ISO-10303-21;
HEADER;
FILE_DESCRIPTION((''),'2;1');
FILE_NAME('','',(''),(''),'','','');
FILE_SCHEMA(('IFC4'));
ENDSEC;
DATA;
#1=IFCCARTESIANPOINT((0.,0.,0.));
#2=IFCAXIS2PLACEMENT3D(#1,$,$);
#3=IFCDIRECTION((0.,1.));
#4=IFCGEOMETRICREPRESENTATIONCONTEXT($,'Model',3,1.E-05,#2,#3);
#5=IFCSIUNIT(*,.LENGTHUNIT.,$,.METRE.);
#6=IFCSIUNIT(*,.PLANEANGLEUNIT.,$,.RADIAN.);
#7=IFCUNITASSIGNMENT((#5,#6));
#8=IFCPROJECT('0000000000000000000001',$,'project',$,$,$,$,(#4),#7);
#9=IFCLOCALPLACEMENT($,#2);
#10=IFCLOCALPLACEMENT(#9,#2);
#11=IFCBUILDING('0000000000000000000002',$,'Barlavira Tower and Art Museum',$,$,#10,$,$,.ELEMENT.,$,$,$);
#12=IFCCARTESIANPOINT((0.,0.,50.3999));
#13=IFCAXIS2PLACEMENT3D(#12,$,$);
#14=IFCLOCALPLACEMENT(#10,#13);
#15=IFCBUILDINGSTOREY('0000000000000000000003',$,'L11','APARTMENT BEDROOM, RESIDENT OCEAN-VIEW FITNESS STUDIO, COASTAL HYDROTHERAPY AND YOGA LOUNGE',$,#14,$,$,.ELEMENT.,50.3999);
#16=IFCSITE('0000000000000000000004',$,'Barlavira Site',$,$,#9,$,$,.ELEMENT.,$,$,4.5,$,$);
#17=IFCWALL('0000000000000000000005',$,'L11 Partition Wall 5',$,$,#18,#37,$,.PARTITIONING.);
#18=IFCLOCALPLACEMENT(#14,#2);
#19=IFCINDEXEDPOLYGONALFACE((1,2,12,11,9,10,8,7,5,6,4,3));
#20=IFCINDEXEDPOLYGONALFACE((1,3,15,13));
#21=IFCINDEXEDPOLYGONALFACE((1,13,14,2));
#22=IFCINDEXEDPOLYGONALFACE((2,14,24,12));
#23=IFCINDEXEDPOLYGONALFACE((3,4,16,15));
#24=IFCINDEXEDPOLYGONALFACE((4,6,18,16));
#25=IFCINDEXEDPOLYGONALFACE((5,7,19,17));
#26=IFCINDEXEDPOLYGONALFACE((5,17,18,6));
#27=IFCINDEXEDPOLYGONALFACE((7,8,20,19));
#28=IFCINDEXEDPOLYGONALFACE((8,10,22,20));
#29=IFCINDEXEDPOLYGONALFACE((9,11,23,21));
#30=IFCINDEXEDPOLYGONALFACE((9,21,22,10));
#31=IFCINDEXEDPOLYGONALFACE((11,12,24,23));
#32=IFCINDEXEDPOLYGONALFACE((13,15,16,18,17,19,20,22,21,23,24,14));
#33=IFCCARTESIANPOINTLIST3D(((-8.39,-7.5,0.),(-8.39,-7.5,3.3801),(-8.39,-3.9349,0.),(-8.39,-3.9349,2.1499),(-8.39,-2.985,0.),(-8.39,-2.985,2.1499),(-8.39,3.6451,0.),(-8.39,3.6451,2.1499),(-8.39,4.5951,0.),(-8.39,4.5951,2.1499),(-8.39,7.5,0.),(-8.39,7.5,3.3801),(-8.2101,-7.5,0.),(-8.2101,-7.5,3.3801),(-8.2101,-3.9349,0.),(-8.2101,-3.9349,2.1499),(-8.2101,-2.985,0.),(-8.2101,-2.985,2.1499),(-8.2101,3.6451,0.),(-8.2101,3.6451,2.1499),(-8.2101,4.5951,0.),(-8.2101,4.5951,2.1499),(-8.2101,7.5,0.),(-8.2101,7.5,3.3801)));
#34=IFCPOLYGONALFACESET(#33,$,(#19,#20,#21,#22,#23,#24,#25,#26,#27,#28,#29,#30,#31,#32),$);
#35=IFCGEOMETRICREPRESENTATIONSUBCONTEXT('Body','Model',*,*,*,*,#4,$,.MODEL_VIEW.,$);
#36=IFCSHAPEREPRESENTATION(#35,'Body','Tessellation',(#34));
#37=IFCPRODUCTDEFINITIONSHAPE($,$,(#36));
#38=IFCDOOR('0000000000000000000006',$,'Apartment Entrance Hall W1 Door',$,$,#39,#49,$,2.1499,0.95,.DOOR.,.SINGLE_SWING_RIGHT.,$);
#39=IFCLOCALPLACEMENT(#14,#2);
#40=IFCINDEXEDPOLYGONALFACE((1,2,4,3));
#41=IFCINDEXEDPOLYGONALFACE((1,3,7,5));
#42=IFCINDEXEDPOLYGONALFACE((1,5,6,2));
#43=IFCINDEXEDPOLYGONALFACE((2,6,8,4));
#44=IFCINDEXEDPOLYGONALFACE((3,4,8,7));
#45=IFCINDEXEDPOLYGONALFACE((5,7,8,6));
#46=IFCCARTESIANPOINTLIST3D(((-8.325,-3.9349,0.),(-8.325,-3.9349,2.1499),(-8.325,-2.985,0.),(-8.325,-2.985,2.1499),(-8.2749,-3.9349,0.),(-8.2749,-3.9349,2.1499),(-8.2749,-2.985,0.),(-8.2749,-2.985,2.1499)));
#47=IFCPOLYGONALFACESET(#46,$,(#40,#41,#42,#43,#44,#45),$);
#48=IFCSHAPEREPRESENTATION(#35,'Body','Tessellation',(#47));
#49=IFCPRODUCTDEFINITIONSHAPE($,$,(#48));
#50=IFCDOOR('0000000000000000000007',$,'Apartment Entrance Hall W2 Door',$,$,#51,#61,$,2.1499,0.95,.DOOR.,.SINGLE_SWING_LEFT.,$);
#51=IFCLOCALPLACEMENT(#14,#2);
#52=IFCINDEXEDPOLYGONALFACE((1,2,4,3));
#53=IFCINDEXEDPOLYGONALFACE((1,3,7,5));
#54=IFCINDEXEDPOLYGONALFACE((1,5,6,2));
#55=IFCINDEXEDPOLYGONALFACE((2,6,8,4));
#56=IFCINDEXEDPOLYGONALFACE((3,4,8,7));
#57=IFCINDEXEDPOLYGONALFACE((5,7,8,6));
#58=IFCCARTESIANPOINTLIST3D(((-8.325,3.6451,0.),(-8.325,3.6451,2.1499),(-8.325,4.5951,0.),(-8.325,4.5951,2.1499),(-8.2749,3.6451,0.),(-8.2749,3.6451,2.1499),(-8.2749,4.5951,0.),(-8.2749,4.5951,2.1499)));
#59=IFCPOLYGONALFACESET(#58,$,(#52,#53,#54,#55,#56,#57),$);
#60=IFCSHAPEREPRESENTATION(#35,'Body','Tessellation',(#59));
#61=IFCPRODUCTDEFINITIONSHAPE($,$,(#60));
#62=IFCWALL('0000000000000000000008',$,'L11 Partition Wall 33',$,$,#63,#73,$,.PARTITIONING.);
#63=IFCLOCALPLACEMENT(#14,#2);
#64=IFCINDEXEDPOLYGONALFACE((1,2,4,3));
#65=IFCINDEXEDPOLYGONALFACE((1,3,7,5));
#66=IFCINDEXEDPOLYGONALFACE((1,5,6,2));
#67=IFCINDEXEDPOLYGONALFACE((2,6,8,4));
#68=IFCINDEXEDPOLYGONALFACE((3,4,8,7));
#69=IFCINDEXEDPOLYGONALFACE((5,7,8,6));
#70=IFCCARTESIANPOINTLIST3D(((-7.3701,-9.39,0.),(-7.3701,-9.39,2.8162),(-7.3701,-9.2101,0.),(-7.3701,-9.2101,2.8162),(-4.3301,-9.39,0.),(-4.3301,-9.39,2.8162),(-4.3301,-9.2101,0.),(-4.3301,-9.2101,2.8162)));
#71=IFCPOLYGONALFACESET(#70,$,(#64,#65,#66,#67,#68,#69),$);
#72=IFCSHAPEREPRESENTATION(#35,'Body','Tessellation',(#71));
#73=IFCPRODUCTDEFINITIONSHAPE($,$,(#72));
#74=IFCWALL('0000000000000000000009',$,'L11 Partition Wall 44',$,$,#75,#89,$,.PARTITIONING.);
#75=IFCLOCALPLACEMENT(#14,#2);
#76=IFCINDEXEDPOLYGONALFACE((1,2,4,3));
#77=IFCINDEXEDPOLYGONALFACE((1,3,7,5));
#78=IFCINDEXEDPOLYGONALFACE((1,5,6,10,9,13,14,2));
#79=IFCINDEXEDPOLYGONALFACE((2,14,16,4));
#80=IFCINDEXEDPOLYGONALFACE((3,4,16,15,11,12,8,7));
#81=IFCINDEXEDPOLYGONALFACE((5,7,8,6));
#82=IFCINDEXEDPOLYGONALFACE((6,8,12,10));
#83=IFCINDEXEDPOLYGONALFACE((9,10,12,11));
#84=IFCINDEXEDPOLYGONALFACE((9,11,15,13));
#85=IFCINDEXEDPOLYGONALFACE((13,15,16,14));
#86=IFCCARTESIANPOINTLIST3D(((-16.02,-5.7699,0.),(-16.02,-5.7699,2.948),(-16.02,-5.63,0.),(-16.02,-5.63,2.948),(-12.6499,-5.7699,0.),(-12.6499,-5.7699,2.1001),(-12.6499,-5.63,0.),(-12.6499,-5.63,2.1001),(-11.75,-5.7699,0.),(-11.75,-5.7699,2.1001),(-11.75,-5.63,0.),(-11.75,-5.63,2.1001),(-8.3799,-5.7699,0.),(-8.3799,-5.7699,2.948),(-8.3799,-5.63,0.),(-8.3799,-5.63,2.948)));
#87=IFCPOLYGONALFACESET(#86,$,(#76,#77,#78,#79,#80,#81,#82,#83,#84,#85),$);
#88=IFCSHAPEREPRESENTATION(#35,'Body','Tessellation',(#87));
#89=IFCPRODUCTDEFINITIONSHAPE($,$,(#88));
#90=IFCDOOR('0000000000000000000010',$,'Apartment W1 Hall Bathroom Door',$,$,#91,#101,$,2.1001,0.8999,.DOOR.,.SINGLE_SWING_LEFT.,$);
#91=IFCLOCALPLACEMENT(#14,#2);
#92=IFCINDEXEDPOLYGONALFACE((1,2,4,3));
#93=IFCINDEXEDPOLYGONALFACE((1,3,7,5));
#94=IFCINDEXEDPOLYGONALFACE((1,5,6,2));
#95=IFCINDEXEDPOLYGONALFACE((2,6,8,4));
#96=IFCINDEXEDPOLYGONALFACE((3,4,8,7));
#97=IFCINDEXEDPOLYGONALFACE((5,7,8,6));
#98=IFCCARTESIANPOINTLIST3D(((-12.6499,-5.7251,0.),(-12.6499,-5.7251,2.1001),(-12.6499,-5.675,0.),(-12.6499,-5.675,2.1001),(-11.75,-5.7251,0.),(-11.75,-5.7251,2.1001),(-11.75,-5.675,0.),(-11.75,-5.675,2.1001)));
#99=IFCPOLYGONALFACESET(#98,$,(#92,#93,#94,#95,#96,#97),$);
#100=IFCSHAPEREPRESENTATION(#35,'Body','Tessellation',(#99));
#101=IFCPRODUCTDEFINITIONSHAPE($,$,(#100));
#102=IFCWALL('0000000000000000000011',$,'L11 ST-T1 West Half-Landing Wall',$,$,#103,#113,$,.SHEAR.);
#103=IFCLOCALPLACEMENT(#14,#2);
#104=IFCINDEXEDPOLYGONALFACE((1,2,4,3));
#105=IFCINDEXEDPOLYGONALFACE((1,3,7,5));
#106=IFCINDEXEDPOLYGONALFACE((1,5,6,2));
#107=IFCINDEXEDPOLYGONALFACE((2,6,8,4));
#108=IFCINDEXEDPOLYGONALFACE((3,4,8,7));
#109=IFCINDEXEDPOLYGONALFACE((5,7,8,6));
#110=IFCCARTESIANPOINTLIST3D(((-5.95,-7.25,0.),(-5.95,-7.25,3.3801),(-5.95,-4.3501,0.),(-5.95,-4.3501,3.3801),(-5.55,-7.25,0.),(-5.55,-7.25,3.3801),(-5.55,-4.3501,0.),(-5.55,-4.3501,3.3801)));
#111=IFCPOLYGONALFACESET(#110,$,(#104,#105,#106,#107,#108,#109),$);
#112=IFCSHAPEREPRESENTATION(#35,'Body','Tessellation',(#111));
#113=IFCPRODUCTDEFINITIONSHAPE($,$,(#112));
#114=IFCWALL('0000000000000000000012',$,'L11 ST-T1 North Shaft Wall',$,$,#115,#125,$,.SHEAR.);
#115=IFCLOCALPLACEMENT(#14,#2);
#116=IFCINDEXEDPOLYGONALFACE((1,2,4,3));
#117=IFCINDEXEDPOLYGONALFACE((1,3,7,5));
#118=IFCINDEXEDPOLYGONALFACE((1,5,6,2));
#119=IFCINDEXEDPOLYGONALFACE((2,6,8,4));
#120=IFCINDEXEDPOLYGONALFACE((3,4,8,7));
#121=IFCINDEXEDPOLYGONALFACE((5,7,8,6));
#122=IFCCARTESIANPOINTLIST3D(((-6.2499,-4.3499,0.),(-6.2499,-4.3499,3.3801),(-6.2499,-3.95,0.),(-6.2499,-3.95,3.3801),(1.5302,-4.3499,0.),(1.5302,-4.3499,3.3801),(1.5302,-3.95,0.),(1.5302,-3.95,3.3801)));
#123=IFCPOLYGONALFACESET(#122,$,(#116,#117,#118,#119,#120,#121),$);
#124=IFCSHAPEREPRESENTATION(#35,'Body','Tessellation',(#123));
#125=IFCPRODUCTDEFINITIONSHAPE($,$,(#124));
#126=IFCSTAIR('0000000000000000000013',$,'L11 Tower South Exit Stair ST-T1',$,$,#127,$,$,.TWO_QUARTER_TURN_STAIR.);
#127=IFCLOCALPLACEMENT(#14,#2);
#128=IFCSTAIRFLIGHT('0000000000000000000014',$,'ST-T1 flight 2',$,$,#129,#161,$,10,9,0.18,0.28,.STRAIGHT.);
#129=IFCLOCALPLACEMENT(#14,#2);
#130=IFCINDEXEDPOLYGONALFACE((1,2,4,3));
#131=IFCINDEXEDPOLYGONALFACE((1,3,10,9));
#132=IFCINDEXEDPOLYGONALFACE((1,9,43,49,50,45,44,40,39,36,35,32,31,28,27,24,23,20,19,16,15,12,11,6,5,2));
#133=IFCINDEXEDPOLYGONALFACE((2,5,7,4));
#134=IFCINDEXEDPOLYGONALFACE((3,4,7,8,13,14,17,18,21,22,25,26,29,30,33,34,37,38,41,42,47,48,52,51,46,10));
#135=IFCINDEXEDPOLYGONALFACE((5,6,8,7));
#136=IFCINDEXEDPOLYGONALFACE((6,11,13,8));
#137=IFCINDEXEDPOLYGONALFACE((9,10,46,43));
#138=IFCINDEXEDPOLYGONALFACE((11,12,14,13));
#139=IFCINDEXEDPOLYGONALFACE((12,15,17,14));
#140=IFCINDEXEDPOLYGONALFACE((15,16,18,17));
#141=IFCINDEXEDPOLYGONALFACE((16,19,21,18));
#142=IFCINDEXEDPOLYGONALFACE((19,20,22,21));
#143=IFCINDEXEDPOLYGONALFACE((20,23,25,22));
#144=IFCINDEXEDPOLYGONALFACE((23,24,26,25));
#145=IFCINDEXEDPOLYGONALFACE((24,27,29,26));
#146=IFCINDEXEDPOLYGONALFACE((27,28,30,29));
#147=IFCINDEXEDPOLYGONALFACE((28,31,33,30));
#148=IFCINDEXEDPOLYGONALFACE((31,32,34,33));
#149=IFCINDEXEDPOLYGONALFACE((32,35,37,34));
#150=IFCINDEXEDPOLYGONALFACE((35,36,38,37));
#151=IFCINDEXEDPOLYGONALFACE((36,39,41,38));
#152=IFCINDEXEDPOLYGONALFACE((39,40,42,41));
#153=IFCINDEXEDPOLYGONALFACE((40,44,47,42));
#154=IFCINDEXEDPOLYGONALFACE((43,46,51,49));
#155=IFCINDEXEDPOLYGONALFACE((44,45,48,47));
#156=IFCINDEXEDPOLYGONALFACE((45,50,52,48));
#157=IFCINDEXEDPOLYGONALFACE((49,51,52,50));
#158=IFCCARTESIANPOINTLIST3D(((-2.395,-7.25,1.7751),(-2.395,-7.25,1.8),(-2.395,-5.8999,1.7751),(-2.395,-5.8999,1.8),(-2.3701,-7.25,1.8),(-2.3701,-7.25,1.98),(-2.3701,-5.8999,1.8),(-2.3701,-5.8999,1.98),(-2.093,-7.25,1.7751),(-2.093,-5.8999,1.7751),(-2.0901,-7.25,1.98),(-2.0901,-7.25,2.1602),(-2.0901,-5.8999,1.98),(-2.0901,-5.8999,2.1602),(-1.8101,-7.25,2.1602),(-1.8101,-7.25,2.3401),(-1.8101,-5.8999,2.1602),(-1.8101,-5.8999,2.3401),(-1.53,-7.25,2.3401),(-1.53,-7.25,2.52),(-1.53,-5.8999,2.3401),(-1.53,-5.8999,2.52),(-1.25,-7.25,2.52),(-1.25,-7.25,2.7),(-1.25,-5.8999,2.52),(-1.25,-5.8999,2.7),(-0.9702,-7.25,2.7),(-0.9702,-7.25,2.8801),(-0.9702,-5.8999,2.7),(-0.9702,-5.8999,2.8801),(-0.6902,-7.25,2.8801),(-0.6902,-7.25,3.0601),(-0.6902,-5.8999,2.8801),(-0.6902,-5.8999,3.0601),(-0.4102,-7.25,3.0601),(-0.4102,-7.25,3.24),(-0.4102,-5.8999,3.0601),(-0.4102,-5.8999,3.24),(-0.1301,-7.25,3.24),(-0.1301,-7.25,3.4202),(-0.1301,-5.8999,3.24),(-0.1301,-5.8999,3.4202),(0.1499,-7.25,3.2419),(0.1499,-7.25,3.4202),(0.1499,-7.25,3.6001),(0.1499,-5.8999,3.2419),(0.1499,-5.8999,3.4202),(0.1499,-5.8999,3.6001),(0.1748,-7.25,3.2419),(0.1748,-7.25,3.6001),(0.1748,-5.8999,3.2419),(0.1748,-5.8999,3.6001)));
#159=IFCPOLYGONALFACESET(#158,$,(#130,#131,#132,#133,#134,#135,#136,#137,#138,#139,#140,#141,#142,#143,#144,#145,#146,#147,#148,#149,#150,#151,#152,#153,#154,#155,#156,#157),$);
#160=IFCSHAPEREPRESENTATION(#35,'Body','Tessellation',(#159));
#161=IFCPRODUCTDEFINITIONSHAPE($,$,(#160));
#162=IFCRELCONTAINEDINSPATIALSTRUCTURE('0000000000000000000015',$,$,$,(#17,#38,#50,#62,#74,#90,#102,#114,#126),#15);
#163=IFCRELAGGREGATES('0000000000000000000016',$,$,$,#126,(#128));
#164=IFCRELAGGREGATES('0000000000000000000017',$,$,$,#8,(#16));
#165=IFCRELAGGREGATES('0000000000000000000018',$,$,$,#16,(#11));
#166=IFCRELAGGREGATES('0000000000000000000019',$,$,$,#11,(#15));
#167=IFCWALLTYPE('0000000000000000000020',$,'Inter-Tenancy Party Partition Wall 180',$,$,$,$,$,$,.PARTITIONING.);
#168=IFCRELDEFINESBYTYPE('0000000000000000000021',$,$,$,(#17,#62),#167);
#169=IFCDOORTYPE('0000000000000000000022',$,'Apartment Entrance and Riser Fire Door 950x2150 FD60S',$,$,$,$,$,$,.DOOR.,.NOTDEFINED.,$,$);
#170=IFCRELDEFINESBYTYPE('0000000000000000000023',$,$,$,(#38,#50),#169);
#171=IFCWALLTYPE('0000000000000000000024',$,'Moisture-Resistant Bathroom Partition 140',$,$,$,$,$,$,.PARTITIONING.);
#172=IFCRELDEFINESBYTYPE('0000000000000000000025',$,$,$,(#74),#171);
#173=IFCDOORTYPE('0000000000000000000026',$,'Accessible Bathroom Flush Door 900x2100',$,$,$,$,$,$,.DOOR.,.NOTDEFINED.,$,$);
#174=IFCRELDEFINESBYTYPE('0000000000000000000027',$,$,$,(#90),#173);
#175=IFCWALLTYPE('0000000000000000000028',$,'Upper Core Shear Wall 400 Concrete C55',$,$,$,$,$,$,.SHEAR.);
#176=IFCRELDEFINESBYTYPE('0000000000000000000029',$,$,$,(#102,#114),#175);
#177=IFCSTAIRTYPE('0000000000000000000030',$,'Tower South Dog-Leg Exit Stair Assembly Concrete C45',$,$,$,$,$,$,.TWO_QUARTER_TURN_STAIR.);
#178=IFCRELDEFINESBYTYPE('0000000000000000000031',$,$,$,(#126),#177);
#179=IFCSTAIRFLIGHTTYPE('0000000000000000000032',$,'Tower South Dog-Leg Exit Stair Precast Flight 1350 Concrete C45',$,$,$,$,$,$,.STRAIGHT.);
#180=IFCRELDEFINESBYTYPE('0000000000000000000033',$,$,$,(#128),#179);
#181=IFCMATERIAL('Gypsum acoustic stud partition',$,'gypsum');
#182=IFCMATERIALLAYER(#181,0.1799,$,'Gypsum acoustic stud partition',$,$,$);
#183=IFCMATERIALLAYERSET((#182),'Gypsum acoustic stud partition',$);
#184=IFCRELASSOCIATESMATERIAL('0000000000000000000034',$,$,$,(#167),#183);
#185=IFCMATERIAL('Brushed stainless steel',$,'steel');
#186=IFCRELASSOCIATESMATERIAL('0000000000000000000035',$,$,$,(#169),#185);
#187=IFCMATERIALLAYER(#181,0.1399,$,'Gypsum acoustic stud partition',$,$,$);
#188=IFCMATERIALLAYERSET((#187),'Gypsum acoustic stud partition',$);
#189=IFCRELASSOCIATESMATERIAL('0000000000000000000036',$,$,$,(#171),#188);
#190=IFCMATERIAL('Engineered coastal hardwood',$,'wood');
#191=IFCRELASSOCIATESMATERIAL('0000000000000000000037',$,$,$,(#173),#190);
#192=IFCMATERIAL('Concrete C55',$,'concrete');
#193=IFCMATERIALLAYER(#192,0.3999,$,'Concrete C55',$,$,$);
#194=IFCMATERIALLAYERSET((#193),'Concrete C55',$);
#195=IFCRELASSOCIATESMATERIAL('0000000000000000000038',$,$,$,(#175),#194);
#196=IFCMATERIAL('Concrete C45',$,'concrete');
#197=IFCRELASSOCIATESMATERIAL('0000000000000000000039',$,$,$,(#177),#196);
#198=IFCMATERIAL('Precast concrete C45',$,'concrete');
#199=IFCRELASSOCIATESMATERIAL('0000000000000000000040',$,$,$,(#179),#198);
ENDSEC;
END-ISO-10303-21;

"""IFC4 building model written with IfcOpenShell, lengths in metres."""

from ifc_helpers import new_model, si_unit, direction, frame, frame_2d, origin, place, context, subcontext, project, spatial, polyline, rectangle, outline, extrude, material, layer, layer_set, type_object, element, fill, aggregate, save


model = new_model("IFC4")

# Units and contexts
model_context = context("Model", 3, precision=1e-05, world=origin(), true_north=direction((0.0, 1.0)))
body_context = subcontext(model_context, "Body", "Model", "MODEL_VIEW")
ifc_project = project(units=[si_unit("LENGTHUNIT", "METRE"), si_unit("PLANEANGLEUNIT", "RADIAN")], contexts=[model_context])

# Site, building, storey
site_placement = place(None, origin())
site = spatial("IfcSite", under=ifc_project, at=site_placement, Name="Barlavira Site", CompositionType="ELEMENT", RefElevation=4.5)
building_placement = place(site_placement, origin())
building = spatial("IfcBuilding", under=site, at=building_placement, Name="Barlavira Tower and Art Museum", CompositionType="ELEMENT")
storey_placement = place(building_placement, frame((0.0, 0.0, 50.3999)))
storey = spatial("IfcBuildingStorey", under=building, at=storey_placement, Name="L11", Description="APARTMENT BEDROOM, RESIDENT OCEAN-VIEW FITNESS STUDIO, COASTAL HYDROTHERAPY AND YOGA LOUNGE", CompositionType="ELEMENT", Elevation=50.3999)

# Shared definitions
ifc_material_1 = material(Name="Brushed stainless steel", Category="steel")

# Wall, openings, doors
ifc_material_2 = material(Name="Gypsum acoustic stud partition", Category="gypsum")
ifc_layer_1 = layer(ifc_material_2, 0.1799, Name="Gypsum acoustic stud partition")
ifc_layer_set_1 = layer_set([ifc_layer_1], Name="Gypsum acoustic stud partition")
wall_type_1 = type_object("IfcWallType", Name="Inter-Tenancy Party Partition Wall 180", PredefinedType="PARTITIONING", material=ifc_layer_set_1)
wall_1_placement = place(storey_placement, frame((-8.3, -7.5, 0.0), z_axis=(0.0, 0.0, 1.0), x_axis=(0.0, 1.0, 0.0)))
wall_1 = element("IfcWall", 1, at=wall_1_placement, inside=storey, type_object=wall_type_1, Name="L11 Partition Wall 5", PredefinedType="PARTITIONING", context=body_context, shape_type="SweptSolid", body=[
    extrude(rectangle(XDim=15.0, YDim=0.1799, at=frame_2d((7.5, 0.0))), origin(), (0.0, 0.0, 1.0), 3.3801),
])
opening_1_placement = place(wall_1_placement, frame((3.5649, 0.0, 0.0)))
opening_1 = element("IfcOpeningElement", 2, at=opening_1_placement, cuts=wall_1, PredefinedType="OPENING", context=body_context, shape_type="SweptSolid", body=[
    extrude(rectangle(XDim=0.95, YDim=2.1499, at=frame_2d((0.4751, 1.075))), frame((0.0, 0.1001, 0.0), z_axis=(0.0, -1.0, 0.0), x_axis=(1.0, 0.0, 0.0)), (0.0, 0.0, 1.0), 0.2),
])
opening_2_placement = place(wall_1_placement, frame((11.145, 0.0, 0.0)))
opening_2 = element("IfcOpeningElement", 3, at=opening_2_placement, cuts=wall_1, PredefinedType="OPENING", context=body_context, shape_type="SweptSolid", body=[
    extrude(rectangle(XDim=0.95, YDim=2.1499, at=frame_2d((0.4751, 1.075))), frame((0.0, 0.1001, 0.0), z_axis=(0.0, -1.0, 0.0), x_axis=(1.0, 0.0, 0.0)), (0.0, 0.0, 1.0), 0.2),
])
door_type_1 = type_object("IfcDoorType", Name="Apartment Entrance and Riser Fire Door 950x2150 FD60S", OperationType="NOTDEFINED", PredefinedType="DOOR", material=ifc_material_1)
door_1_placement = place(opening_1_placement, origin())
door_1 = element("IfcDoor", 4, at=door_1_placement, inside=storey, type_object=door_type_1, Name="Apartment Entrance Hall W1 Door", OperationType="SINGLE_SWING_RIGHT", OverallHeight=2.1499, OverallWidth=0.95, PredefinedType="DOOR", context=body_context, shape_type="SweptSolid", body=[
    extrude(rectangle(XDim=0.95, YDim=2.1499, at=frame_2d((0.4751, 1.075))), frame((0.0, 0.0249, 0.0), z_axis=(0.0, -1.0, 0.0), x_axis=(1.0, 0.0, 0.0)), (0.0, 0.0, 1.0), 0.05),
])
fill(opening_1, door_1)
door_2_placement = place(opening_2_placement, origin())
door_2 = element("IfcDoor", 5, at=door_2_placement, inside=storey, type_object=door_type_1, Name="Apartment Entrance Hall W2 Door", OperationType="SINGLE_SWING_LEFT", OverallHeight=2.1499, OverallWidth=0.95, PredefinedType="DOOR", context=body_context, shape_type="SweptSolid", body=[
    extrude(rectangle(XDim=0.95, YDim=2.1499, at=frame_2d((0.4751, 1.075))), frame((0.0, 0.0249, 0.0), z_axis=(0.0, -1.0, 0.0), x_axis=(1.0, 0.0, 0.0)), (0.0, 0.0, 1.0), 0.05),
])
fill(opening_2, door_2)

# Wall
wall_2_placement = place(storey_placement, frame((-7.3701, -9.3, 0.0), z_axis=(0.0, 0.0, 1.0), x_axis=(1.0, 0.0, 0.0)))
element("IfcWall", 6, at=wall_2_placement, inside=storey, type_object=wall_type_1, Name="L11 Partition Wall 33", PredefinedType="PARTITIONING", context=body_context, shape_type="SweptSolid", body=[
    extrude(rectangle(XDim=3.04, YDim=0.1799, at=frame_2d((1.52, 0.0))), origin(), (0.0, 0.0, 1.0), 2.8162),
])

# Wall, opening, door
ifc_layer_2 = layer(ifc_material_2, 0.1399, Name="Gypsum acoustic stud partition")
ifc_layer_set_2 = layer_set([ifc_layer_2], Name="Gypsum acoustic stud partition")
wall_type_2 = type_object("IfcWallType", Name="Moisture-Resistant Bathroom Partition 140", PredefinedType="PARTITIONING", material=ifc_layer_set_2)
wall_3_placement = place(storey_placement, frame((-16.02, -5.7, 0.0), z_axis=(0.0, 0.0, 1.0), x_axis=(1.0, 0.0, 0.0)))
wall_3 = element("IfcWall", 7, at=wall_3_placement, inside=storey, type_object=wall_type_2, Name="L11 Partition Wall 44", PredefinedType="PARTITIONING", context=body_context, shape_type="SweptSolid", body=[
    extrude(rectangle(XDim=7.6401, YDim=0.1399, at=frame_2d((3.8201, 0.0))), origin(), (0.0, 0.0, 1.0), 2.948),
])
opening_3_placement = place(wall_3_placement, frame((3.3701, 0.0, 0.0)))
opening_3 = element("IfcOpeningElement", 8, at=opening_3_placement, cuts=wall_3, PredefinedType="OPENING", context=body_context, shape_type="SweptSolid", body=[
    extrude(rectangle(XDim=0.8999, YDim=2.1001, at=frame_2d((0.45, 1.05))), frame((0.0, 0.0801, 0.0), z_axis=(0.0, -1.0, 0.0), x_axis=(1.0, 0.0, 0.0)), (0.0, 0.0, 1.0), 0.1599),
])
ifc_material_3 = material(Name="Engineered coastal hardwood", Category="wood")
door_type_2 = type_object("IfcDoorType", Name="Accessible Bathroom Flush Door 900x2100", OperationType="NOTDEFINED", PredefinedType="DOOR", material=ifc_material_3)
door_3_placement = place(opening_3_placement, origin())
door_3 = element("IfcDoor", 9, at=door_3_placement, inside=storey, type_object=door_type_2, Name="Apartment W1 Hall Bathroom Door", OperationType="SINGLE_SWING_LEFT", OverallHeight=2.1001, OverallWidth=0.8999, PredefinedType="DOOR", context=body_context, shape_type="SweptSolid", body=[
    extrude(rectangle(XDim=0.8999, YDim=2.1001, at=frame_2d((0.45, 1.05))), frame((0.0, 0.0249, 0.0), z_axis=(0.0, -1.0, 0.0), x_axis=(1.0, 0.0, 0.0)), (0.0, 0.0, 1.0), 0.05),
])
fill(opening_3, door_3)

# Walls
ifc_material_4 = material(Name="Concrete C55", Category="concrete")
ifc_layer_3 = layer(ifc_material_4, 0.3999, Name="Concrete C55")
ifc_layer_set_3 = layer_set([ifc_layer_3], Name="Concrete C55")
wall_type_3 = type_object("IfcWallType", Name="Upper Core Shear Wall 400 Concrete C55", PredefinedType="SHEAR", material=ifc_layer_set_3)
wall_4_placement = place(storey_placement, frame((-5.75, -7.25, 0.0), z_axis=(0.0, 0.0, 1.0), x_axis=(0.0, 1.0, 0.0)))
element("IfcWall", 10, at=wall_4_placement, inside=storey, type_object=wall_type_3, Name="L11 ST-T1 West Half-Landing Wall", PredefinedType="SHEAR", context=body_context, shape_type="SweptSolid", body=[
    extrude(rectangle(XDim=2.8999, YDim=0.3999, at=frame_2d((1.45, 0.0))), origin(), (0.0, 0.0, 1.0), 3.3801),
])
wall_5_placement = place(storey_placement, frame((-6.25, -4.1499, 0.0), z_axis=(0.0, 0.0, 1.0), x_axis=(1.0, 0.0, 0.0)))
element("IfcWall", 11, at=wall_5_placement, inside=storey, type_object=wall_type_3, Name="L11 ST-T1 North Shaft Wall", PredefinedType="SHEAR", context=body_context, shape_type="SweptSolid", body=[
    extrude(rectangle(XDim=7.78, YDim=0.3999, at=frame_2d((3.8901, 0.0))), origin(), (0.0, 0.0, 1.0), 3.3801),
])

# Stair, stair flight
ifc_material_5 = material(Name="Concrete C45", Category="concrete")
stair_type = type_object("IfcStairType", Name="Tower South Dog-Leg Exit Stair Assembly Concrete C45", PredefinedType="TWO_QUARTER_TURN_STAIR", material=ifc_material_5)
stair_placement = place(storey_placement, origin())
stair = element("IfcStair", 12, at=stair_placement, inside=storey, type_object=stair_type, Name="L11 Tower South Exit Stair ST-T1", PredefinedType="TWO_QUARTER_TURN_STAIR")
ifc_material_6 = material(Name="Precast concrete C45", Category="concrete")
stair_flight_type = type_object("IfcStairFlightType", Name="Tower South Dog-Leg Exit Stair Precast Flight 1350 Concrete C45", PredefinedType="STRAIGHT", material=ifc_material_6)
stair_flight_placement = place(storey_placement, frame((-2.3701, -6.575, 1.8), z_axis=(0.0, 0.0, 1.0), x_axis=(1.0, 0.0, 0.0)))
stair_flight = element("IfcStairFlight", 13, at=stair_flight_placement, type_object=stair_flight_type, Name="ST-T1 flight 2", NumberOfRisers=10, NumberOfTreads=9, PredefinedType="STRAIGHT", RiserHeight=0.18, TreadLength=0.28, context=body_context, shape_type="SweptSolid", body=[
    extrude(outline(polyline([(-0.0249, 0.0), (0.0, 0.0), (0.0, 0.1799), (0.28, 0.1799), (0.28, 0.3601), (0.5601, 0.3601), (0.5601, 0.54), (0.8401, 0.54), (0.8401, 0.72), (1.1201, 0.72), (1.1201, 0.8999), (1.3999, 0.8999), (1.3999, 1.0801), (1.6799, 1.0801), (1.6799, 1.26), (1.96, 1.26), (1.96, 1.4399), (2.24, 1.4399), (2.24, 1.6201), (2.52, 1.6201), (2.52, 1.8), (2.5449, 1.8), (2.5449, 1.4419), (2.52, 1.4419), (0.2771, -0.0249), (-0.0249, -0.0249), (-0.0249, 0.0)])), frame((0.0, 0.675, 0.0), z_axis=(0.0, -1.0, 0.0), x_axis=(1.0, 0.0, 0.0)), (0.0, 0.0, 1.0), 1.3501),
])
aggregate(stair, [stair_flight])

save(model, "model.ifc")
